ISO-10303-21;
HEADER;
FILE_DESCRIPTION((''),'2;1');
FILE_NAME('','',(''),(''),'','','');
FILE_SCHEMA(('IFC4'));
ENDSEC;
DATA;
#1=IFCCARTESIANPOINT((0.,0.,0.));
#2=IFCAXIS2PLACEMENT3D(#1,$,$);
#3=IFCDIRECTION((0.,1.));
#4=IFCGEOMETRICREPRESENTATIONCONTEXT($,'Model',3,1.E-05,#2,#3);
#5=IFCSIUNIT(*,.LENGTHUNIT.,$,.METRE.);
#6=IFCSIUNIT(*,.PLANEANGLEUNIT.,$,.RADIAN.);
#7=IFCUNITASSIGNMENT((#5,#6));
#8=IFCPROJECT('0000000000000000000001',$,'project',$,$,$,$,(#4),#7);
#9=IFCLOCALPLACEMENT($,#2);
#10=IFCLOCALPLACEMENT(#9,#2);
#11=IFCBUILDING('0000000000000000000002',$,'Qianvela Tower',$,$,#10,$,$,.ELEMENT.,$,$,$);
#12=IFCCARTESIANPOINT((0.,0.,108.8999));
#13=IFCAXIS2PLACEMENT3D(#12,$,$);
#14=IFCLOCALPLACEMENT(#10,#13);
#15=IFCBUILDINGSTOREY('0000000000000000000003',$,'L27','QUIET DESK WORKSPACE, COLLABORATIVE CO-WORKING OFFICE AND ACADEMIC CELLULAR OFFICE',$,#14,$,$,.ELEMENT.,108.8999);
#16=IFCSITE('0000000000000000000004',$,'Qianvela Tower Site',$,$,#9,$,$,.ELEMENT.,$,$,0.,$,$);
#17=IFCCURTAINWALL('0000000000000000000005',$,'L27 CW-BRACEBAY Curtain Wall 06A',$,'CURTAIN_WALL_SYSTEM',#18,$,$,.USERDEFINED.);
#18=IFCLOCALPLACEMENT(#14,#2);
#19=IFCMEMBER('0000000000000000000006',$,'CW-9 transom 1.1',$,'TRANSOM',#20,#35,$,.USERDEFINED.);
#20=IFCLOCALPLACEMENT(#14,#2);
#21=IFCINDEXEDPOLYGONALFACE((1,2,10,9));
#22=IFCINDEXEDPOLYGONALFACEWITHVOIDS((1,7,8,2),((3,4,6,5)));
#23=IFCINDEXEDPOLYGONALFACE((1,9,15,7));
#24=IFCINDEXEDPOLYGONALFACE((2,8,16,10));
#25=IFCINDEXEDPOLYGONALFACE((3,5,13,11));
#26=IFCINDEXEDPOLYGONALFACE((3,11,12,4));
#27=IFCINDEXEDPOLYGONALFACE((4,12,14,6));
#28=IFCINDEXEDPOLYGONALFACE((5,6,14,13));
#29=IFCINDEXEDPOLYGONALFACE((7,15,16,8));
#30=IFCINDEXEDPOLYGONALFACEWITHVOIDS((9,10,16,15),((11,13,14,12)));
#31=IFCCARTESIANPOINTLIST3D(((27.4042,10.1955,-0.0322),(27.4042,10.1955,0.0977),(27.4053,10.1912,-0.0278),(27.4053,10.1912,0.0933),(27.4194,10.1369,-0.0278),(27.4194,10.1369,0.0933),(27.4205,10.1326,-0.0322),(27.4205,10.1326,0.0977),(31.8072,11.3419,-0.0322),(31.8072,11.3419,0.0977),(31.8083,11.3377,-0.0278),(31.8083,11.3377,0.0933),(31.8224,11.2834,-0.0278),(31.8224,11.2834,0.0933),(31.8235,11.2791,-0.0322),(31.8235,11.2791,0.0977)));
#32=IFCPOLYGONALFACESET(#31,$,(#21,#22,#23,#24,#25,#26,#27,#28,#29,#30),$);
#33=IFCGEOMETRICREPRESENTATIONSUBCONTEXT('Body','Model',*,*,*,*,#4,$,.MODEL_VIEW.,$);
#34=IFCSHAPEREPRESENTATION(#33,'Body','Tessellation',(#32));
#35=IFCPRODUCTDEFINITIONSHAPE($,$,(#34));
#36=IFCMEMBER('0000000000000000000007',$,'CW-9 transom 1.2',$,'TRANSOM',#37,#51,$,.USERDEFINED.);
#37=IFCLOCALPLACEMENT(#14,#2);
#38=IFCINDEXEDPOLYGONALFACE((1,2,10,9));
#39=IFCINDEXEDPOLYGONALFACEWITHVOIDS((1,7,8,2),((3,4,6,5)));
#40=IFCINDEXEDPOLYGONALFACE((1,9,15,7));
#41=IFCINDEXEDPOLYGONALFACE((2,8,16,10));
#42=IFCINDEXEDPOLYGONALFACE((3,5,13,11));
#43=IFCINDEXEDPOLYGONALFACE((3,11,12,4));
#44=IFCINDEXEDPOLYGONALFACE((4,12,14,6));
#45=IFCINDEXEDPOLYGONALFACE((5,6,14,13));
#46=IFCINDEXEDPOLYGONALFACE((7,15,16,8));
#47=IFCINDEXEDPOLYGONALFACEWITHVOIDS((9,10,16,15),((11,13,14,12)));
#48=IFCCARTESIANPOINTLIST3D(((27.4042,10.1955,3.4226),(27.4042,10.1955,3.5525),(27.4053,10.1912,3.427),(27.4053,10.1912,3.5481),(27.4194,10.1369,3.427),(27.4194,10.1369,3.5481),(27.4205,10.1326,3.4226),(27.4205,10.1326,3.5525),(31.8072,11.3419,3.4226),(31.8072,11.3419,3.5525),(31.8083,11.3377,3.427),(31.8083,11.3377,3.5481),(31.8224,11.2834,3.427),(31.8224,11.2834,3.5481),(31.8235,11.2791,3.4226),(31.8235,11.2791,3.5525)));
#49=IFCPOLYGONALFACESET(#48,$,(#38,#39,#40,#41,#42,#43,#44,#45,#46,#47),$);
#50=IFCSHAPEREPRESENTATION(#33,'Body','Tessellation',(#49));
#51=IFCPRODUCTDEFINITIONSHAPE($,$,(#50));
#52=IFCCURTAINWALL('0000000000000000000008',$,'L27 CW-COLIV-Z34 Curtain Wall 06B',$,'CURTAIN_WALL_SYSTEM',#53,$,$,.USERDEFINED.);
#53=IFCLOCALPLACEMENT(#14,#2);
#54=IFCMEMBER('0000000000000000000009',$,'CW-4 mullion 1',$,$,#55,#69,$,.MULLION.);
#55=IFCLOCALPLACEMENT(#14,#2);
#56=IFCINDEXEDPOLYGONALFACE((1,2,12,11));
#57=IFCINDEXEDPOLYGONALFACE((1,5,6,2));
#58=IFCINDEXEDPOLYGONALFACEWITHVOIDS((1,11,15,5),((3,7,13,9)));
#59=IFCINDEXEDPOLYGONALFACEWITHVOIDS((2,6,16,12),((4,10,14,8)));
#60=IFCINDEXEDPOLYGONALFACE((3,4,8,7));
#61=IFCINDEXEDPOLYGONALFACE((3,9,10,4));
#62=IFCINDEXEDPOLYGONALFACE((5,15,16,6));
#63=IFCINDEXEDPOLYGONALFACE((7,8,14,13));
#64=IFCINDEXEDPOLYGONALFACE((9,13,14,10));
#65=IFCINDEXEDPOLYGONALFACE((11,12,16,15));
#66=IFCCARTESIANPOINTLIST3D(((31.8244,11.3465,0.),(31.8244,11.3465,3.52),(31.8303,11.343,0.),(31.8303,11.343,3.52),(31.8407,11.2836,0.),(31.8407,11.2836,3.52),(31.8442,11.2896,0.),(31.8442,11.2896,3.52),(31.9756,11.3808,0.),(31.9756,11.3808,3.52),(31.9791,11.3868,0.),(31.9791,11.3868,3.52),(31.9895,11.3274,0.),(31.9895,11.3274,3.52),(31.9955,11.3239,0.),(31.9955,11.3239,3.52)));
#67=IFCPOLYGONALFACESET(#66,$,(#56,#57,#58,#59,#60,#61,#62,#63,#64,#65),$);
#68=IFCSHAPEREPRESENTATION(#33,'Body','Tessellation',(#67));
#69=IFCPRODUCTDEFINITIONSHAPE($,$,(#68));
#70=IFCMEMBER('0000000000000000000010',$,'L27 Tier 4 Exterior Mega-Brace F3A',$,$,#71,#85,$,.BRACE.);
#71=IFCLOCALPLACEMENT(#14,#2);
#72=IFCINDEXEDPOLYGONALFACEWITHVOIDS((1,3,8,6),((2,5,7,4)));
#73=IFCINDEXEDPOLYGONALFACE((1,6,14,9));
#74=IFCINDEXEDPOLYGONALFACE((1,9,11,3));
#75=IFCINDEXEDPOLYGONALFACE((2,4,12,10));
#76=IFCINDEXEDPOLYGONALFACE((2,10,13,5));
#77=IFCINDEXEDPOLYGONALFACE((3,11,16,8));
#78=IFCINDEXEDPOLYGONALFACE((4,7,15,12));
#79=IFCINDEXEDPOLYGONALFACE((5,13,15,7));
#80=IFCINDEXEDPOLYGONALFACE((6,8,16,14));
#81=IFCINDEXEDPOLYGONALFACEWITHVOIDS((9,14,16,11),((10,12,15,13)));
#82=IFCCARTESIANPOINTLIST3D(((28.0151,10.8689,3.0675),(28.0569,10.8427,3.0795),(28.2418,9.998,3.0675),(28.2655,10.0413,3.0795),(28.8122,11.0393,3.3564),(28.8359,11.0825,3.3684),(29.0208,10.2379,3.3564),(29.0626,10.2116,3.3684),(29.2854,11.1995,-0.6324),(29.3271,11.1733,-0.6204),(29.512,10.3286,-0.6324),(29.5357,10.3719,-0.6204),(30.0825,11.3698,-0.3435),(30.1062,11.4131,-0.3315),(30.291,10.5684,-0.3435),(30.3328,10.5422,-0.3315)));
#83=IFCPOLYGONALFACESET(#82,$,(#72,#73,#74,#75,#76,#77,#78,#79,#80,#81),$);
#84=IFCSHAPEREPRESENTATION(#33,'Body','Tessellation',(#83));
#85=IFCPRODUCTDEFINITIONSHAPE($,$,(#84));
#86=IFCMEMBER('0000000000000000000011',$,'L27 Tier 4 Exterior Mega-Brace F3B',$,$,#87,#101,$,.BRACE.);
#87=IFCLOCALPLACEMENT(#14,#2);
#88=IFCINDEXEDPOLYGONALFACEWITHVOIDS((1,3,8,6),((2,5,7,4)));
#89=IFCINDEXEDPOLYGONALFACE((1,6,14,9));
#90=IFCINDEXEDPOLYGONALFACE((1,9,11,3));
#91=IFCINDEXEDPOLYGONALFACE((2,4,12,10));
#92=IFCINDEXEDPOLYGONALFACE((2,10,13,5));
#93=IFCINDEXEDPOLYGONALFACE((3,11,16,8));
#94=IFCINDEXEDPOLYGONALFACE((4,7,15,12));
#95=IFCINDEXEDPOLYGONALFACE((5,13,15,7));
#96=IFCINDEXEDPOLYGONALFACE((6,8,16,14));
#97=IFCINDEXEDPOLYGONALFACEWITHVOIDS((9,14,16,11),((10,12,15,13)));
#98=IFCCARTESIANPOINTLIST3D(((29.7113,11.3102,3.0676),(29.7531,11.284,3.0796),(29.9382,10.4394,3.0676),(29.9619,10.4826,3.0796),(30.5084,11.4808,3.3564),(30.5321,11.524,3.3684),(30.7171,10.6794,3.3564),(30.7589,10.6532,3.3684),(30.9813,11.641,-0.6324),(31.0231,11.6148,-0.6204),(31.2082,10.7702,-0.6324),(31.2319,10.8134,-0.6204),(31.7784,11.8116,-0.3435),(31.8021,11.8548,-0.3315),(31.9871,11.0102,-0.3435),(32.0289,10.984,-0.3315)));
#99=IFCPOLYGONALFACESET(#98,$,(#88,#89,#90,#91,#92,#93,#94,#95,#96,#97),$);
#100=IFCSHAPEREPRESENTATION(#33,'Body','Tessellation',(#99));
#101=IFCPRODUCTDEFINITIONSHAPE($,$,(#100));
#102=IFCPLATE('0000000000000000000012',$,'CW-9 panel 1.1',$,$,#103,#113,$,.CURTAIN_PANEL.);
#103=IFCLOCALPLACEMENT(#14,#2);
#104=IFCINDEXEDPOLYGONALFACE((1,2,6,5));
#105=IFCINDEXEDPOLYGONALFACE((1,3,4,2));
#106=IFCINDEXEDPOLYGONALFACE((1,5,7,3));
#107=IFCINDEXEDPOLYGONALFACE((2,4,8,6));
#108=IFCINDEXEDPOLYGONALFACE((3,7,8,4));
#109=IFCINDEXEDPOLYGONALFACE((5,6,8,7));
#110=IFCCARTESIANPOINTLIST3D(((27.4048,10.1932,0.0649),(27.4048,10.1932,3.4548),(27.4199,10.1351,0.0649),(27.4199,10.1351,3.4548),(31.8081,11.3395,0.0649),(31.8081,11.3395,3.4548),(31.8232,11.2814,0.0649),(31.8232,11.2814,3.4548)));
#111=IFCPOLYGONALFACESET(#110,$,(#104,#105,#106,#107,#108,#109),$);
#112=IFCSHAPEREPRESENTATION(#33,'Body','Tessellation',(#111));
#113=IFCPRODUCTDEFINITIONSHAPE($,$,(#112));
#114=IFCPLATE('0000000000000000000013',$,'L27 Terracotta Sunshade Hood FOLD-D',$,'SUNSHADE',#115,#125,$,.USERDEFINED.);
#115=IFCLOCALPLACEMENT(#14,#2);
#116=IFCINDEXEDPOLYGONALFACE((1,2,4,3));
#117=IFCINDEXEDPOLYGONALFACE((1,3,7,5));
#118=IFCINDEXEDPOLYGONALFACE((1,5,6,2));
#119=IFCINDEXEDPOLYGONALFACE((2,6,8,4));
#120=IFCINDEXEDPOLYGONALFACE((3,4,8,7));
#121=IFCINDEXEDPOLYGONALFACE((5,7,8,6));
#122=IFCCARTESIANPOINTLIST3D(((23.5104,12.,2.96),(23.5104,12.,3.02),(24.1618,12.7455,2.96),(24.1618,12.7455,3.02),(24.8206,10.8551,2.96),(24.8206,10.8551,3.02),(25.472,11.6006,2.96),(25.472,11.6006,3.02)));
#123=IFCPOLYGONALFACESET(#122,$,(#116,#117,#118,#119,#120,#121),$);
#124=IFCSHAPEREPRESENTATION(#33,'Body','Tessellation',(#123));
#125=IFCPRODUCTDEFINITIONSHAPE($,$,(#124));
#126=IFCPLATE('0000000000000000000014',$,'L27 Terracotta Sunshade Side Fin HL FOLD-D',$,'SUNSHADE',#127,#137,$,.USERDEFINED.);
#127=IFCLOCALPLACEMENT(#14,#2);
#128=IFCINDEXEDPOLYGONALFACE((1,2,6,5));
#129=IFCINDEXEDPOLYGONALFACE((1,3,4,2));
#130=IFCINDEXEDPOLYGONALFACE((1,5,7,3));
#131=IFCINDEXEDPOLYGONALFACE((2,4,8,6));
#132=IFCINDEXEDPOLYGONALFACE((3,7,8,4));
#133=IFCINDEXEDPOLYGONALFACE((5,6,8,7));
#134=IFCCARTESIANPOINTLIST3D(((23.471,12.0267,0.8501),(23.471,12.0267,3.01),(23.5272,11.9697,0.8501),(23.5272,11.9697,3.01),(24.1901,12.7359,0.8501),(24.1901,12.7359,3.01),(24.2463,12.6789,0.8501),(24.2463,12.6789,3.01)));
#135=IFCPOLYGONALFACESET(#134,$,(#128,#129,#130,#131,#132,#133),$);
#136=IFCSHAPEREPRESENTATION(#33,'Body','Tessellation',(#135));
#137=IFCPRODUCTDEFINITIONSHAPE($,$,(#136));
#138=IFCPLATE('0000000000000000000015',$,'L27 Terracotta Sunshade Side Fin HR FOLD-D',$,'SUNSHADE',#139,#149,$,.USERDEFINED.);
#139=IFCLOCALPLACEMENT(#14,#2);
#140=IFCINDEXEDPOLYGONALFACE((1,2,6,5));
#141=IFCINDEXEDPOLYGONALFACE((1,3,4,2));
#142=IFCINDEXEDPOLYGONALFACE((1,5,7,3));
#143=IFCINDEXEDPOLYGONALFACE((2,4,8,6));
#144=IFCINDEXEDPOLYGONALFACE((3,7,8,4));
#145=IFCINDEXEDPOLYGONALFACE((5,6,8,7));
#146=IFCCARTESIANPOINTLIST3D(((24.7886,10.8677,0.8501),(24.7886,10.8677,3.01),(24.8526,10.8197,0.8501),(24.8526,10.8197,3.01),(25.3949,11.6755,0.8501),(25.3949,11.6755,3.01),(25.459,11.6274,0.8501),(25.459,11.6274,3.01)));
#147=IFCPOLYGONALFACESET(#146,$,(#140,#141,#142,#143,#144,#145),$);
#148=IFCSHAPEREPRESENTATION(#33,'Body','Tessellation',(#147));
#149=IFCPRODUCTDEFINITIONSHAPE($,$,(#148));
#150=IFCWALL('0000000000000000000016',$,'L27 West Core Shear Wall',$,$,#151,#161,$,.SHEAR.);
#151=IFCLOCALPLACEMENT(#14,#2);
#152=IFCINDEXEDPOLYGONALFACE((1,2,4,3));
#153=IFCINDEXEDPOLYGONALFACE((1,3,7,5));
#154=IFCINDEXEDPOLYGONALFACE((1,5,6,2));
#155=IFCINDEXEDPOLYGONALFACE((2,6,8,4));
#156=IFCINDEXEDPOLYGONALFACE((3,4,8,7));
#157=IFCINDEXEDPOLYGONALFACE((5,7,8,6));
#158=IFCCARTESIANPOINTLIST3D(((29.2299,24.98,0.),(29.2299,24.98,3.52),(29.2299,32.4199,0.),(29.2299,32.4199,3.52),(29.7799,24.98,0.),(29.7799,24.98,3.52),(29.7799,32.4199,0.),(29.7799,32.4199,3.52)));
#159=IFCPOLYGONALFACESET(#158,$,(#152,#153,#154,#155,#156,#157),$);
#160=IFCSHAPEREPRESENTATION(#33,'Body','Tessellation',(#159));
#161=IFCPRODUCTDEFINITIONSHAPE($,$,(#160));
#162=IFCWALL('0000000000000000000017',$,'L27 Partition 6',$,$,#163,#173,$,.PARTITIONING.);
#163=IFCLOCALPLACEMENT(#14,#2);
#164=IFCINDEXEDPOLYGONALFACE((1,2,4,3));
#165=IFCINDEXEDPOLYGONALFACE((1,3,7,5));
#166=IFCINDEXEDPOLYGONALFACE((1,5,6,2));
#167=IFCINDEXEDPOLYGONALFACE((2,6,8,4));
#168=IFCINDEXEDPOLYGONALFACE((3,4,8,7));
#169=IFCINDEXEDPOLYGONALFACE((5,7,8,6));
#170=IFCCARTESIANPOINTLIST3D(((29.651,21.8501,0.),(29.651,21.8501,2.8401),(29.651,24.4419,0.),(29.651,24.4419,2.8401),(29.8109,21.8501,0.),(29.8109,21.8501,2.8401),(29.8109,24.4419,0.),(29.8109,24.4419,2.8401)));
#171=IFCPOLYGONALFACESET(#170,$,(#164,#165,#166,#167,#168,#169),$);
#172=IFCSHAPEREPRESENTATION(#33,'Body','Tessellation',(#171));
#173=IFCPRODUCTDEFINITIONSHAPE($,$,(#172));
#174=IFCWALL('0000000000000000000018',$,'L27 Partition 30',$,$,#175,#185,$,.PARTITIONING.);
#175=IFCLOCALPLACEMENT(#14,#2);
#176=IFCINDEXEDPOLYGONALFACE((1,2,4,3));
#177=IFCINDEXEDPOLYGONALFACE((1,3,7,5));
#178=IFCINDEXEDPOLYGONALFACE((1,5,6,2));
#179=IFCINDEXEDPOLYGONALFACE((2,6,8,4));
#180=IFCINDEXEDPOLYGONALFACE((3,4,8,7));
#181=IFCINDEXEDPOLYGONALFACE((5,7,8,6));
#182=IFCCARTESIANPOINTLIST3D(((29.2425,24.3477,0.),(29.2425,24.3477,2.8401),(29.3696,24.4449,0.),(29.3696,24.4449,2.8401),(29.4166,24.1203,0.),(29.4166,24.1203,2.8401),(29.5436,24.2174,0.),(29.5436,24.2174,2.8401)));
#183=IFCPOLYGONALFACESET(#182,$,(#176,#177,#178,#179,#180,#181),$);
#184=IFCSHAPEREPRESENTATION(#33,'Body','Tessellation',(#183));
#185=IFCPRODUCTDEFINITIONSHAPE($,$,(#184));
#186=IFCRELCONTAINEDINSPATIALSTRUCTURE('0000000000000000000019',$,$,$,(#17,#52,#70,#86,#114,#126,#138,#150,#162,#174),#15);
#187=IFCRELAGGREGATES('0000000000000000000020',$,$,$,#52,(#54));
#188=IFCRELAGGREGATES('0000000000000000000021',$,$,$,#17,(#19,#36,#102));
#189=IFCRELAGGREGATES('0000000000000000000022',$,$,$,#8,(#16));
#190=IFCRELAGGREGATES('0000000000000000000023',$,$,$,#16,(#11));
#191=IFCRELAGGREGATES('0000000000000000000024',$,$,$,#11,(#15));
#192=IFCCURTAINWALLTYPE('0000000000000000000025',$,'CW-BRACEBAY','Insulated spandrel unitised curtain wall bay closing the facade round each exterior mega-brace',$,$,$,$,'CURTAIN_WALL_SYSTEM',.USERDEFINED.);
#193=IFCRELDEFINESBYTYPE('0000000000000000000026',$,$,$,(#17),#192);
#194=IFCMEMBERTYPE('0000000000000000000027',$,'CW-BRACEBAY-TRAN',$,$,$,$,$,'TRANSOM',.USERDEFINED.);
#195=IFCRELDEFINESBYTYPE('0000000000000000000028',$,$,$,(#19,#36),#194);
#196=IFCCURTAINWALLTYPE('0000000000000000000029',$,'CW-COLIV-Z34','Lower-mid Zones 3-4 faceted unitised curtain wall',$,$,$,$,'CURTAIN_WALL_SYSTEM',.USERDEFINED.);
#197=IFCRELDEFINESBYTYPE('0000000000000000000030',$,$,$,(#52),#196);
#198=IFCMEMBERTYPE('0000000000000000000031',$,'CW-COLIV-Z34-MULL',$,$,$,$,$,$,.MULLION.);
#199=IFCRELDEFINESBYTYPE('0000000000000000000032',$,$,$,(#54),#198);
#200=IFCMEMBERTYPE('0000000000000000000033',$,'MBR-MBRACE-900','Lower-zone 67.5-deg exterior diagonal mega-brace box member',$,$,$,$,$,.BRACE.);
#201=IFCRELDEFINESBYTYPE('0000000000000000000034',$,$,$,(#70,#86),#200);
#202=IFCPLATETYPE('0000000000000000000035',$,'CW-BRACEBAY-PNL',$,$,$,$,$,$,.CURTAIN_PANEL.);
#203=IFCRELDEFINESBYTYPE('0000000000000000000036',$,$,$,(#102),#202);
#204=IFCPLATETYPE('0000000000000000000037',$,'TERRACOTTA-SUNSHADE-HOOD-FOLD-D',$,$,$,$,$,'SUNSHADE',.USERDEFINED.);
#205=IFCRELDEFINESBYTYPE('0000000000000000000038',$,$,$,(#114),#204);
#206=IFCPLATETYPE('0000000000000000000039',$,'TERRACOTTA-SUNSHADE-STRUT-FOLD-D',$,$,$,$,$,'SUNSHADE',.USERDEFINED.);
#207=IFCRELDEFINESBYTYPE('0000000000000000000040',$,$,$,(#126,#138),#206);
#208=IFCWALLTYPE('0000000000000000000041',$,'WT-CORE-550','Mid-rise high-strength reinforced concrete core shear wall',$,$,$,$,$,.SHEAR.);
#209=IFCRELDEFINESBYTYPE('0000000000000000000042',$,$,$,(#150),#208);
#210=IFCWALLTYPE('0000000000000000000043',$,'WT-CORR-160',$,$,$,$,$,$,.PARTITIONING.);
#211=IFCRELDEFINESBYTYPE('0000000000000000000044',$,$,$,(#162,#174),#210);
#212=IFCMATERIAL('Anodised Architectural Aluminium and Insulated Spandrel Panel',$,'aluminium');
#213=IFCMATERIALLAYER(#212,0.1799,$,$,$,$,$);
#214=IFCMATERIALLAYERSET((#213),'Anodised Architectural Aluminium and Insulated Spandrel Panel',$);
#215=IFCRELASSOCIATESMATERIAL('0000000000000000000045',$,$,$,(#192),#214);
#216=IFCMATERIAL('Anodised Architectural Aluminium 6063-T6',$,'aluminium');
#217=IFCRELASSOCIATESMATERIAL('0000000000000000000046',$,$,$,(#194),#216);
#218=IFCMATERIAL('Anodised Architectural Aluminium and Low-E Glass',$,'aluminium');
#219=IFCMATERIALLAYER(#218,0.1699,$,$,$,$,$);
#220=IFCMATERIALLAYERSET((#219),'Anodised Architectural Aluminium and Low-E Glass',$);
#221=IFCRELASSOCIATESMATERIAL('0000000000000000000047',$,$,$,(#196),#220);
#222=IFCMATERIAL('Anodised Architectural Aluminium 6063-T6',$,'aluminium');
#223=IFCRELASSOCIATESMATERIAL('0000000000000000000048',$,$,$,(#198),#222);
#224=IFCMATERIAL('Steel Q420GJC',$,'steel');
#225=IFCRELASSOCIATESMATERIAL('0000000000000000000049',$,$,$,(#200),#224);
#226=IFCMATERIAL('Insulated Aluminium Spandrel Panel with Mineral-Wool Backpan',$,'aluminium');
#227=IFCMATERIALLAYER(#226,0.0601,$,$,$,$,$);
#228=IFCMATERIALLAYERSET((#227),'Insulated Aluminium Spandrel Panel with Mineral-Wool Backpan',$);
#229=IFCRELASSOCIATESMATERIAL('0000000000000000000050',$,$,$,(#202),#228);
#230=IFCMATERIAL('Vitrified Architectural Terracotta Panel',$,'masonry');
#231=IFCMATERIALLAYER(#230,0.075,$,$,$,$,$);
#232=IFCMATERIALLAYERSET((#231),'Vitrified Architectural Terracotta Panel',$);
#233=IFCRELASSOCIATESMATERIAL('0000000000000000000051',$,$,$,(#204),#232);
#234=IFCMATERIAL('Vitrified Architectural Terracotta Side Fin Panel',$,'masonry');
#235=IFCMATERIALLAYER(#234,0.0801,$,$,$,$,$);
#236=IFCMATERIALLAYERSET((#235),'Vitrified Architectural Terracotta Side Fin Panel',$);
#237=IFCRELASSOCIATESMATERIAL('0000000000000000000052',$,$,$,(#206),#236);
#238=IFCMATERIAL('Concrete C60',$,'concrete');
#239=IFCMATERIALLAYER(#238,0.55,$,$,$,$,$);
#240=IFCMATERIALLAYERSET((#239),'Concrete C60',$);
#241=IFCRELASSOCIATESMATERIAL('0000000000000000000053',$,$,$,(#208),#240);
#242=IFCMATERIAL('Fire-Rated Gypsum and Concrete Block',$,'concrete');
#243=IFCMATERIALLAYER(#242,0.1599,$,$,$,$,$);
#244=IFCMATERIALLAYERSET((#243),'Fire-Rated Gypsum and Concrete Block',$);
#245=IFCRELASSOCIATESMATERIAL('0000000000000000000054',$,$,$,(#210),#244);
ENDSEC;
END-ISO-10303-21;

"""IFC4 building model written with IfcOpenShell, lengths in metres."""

from ifc_helpers import new_model, si_unit, direction, frame, frame_2d, origin, origin_2d, place, context, subcontext, project, spatial, rectangle, hollow_rectangle, extrude, material, layer, layer_set, material_profile, profile_set, type_object, element, aggregate, save


model = new_model("IFC4")

# Units and contexts
model_context = context("Model", 3, precision=1e-05, world=origin(), true_north=direction((0.0, 1.0)))
body_context = subcontext(model_context, "Body", "Model", "MODEL_VIEW")
ifc_project = project(units=[si_unit("LENGTHUNIT", "METRE"), si_unit("PLANEANGLEUNIT", "RADIAN")], contexts=[model_context])

# Site, building, storey
site_placement = place(None, origin())
site = spatial("IfcSite", under=ifc_project, at=site_placement, Name="Qianvela Tower Site", CompositionType="ELEMENT", RefElevation=0.0)
building_placement = place(site_placement, origin())
building = spatial("IfcBuilding", under=site, at=building_placement, Name="Qianvela Tower", CompositionType="ELEMENT")
storey_placement = place(building_placement, frame((0.0, 0.0, 108.8999)))
storey = spatial("IfcBuildingStorey", under=building, at=storey_placement, Name="L27", Description="QUIET DESK WORKSPACE, COLLABORATIVE CO-WORKING OFFICE AND ACADEMIC CELLULAR OFFICE", CompositionType="ELEMENT", Elevation=108.8999)

# Curtain wall, members
ifc_material_1 = material(Name="Anodised Architectural Aluminium and Insulated Spandrel Panel", Category="aluminium")
ifc_layer_1 = layer(ifc_material_1, 0.1799)
ifc_layer_set_1 = layer_set([ifc_layer_1], Name="Anodised Architectural Aluminium and Insulated Spandrel Panel")
curtain_wall_type_1 = type_object("IfcCurtainWallType", Name="CW-BRACEBAY", Description="Insulated spandrel unitised curtain wall bay closing the facade round each exterior mega-brace", ElementType="CURTAIN_WALL_SYSTEM", PredefinedType="USERDEFINED", material=ifc_layer_set_1)
curtain_wall_1_placement = place(storey_placement, origin())
curtain_wall_1 = element("IfcCurtainWall", 1, at=curtain_wall_1_placement, inside=storey, type_object=curtain_wall_type_1, Name="L27 CW-BRACEBAY Curtain Wall 06A", ObjectType="CURTAIN_WALL_SYSTEM", PredefinedType="USERDEFINED")
ifc_material_2 = material(Name="Anodised Architectural Aluminium 6063-T6", Category="aluminium")
ifc_material_profile_1 = material_profile(ifc_material_2, hollow_rectangle(XDim=0.0649, YDim=0.1299, WallThickness=0.0044, at=origin_2d()), Name="ALU-TRAN-65x130")
ifc_profile_set_1 = profile_set([ifc_material_profile_1], Name="Anodised Architectural Aluminium 6063-T6")
member_type_1 = type_object("IfcMemberType", Name="CW-BRACEBAY-TRAN", ElementType="TRANSOM", PredefinedType="USERDEFINED", material=ifc_profile_set_1)
member_1_placement = place(storey_placement, frame((27.4124, 10.1641, 0.0327), z_axis=(0.967732, 0.251981, 0.0), x_axis=(-0.251981, 0.967732, 0.0)))
member_1 = element("IfcMember", 2, at=member_1_placement, type_object=member_type_1, Name="CW-9 transom 1.1", ObjectType="TRANSOM", PredefinedType="USERDEFINED", context=body_context, shape_type="SweptSolid", body=[
    extrude(hollow_rectangle(XDim=0.0649, YDim=0.1299, WallThickness=0.0044, at=origin_2d()), origin(), (0.0, 0.0, 1.0), 4.5498),
])
member_2_placement = place(storey_placement, frame((27.4124, 10.1641, 3.4875), z_axis=(0.967732, 0.251981, 0.0), x_axis=(-0.251981, 0.967732, 0.0)))
member_2 = element("IfcMember", 3, at=member_2_placement, type_object=member_type_1, Name="CW-9 transom 1.2", ObjectType="TRANSOM", PredefinedType="USERDEFINED", context=body_context, shape_type="SweptSolid", body=[
    extrude(hollow_rectangle(XDim=0.0649, YDim=0.1299, WallThickness=0.0044, at=origin_2d()), origin(), (0.0, 0.0, 1.0), 4.5498),
])

# Curtain wall, member
ifc_material_3 = material(Name="Anodised Architectural Aluminium and Low-E Glass", Category="aluminium")
ifc_layer_2 = layer(ifc_material_3, 0.1699)
ifc_layer_set_2 = layer_set([ifc_layer_2], Name="Anodised Architectural Aluminium and Low-E Glass")
curtain_wall_type_2 = type_object("IfcCurtainWallType", Name="CW-COLIV-Z34", Description="Lower-mid Zones 3-4 faceted unitised curtain wall", ElementType="CURTAIN_WALL_SYSTEM", PredefinedType="USERDEFINED", material=ifc_layer_set_2)
curtain_wall_2_placement = place(storey_placement, origin())
curtain_wall_2 = element("IfcCurtainWall", 4, at=curtain_wall_2_placement, inside=storey, type_object=curtain_wall_type_2, Name="L27 CW-COLIV-Z34 Curtain Wall 06B", ObjectType="CURTAIN_WALL_SYSTEM", PredefinedType="USERDEFINED")
ifc_material_4 = material(Name="Anodised Architectural Aluminium 6063-T6", Category="aluminium")
ifc_material_profile_2 = material_profile(ifc_material_4, hollow_rectangle(XDim=0.0649, YDim=0.1599, WallThickness=0.0049, at=origin_2d()), Name="ALU-MULL-65x160")
ifc_profile_set_2 = profile_set([ifc_material_profile_2], Name="Anodised Architectural Aluminium 6063-T6")
member_type_2 = type_object("IfcMemberType", Name="CW-COLIV-Z34-MULL", PredefinedType="MULLION", material=ifc_profile_set_2)
member_3_placement = place(storey_placement, frame((31.9099, 11.3352, 0.0), z_axis=(0.0, 0.0, 1.0), x_axis=(-0.251949, 0.96774, 0.0)))
member_3 = element("IfcMember", 5, at=member_3_placement, type_object=member_type_2, Name="CW-4 mullion 1", PredefinedType="MULLION", context=body_context, shape_type="SweptSolid", body=[
    extrude(hollow_rectangle(XDim=0.0649, YDim=0.1599, WallThickness=0.0049, at=origin_2d()), origin(), (0.0, 0.0, 1.0), 3.52),
])
aggregate(curtain_wall_2, [member_3])

# Members
ifc_material_5 = material(Name="Steel Q420GJC", Category="steel")
ifc_material_profile_3 = material_profile(ifc_material_5, hollow_rectangle(XDim=0.8999, YDim=0.8999, WallThickness=0.0359, at=origin_2d()), Name="MBOX-900x900x36")
ifc_profile_set_3 = profile_set([ifc_material_profile_3], Name="Steel Q420GJC")
member_type_3 = type_object("IfcMemberType", Name="MBR-MBRACE-900", Description="Lower-zone 67.5-deg exterior diagonal mega-brace box member", PredefinedType="BRACE", material=ifc_profile_set_3)
for number, where, z_axis, x_axis, name in (
    (6, (29.8091, 10.8708, -0.4819), (-0.323562, -0.084202, 0.942453), (0.251846, -0.967767, 0.0), "L27 Tier 4 Exterior Mega-Brace F3A"),
    (7, (31.5051, 11.3125, -0.4819), (-0.323505, -0.084265, 0.942467), (0.252066, -0.96771, 0.0), "L27 Tier 4 Exterior Mega-Brace F3B"),
):
    element("IfcMember", number, at=place(storey_placement, frame(where, z_axis=z_axis, x_axis=x_axis)), inside=storey, type_object=member_type_3, Name=name, PredefinedType="BRACE", context=body_context, shape_type="SweptSolid", body=[
        extrude(hollow_rectangle(XDim=0.8999, YDim=0.8999, WallThickness=0.0359, at=origin_2d()), origin(), (0.0, 0.0, 1.0), 3.9258),
    ])

# Plate
ifc_material_6 = material(Name="Insulated Aluminium Spandrel Panel with Mineral-Wool Backpan", Category="aluminium")
ifc_layer_3 = layer(ifc_material_6, 0.0601)
ifc_layer_set_3 = layer_set([ifc_layer_3], Name="Insulated Aluminium Spandrel Panel with Mineral-Wool Backpan")
plate_type_1 = type_object("IfcPlateType", Name="CW-BRACEBAY-PNL", PredefinedType="CURTAIN_PANEL", material=ifc_layer_set_3)
plate_1_placement = place(storey_placement, frame((29.614, 10.7373, 0.0649), z_axis=(0.0, 0.0, 1.0), x_axis=(0.967741, 0.251946, 0.0)))
plate_1 = element("IfcPlate", 8, at=plate_1_placement, type_object=plate_type_1, Name="CW-9 panel 1.1", PredefinedType="CURTAIN_PANEL", context=body_context, shape_type="SweptSolid", body=[
    extrude(rectangle(XDim=4.55, YDim=0.0601, at=origin_2d()), origin(), (0.0, 0.0, 1.0), 3.3899),
])
aggregate(curtain_wall_1, [member_1, member_2, plate_1])

# Plates
ifc_material_7 = material(Name="Vitrified Architectural Terracotta Panel", Category="masonry")
ifc_layer_4 = layer(ifc_material_7, 0.075)
ifc_layer_set_4 = layer_set([ifc_layer_4], Name="Vitrified Architectural Terracotta Panel")
plate_type_2 = type_object("IfcPlateType", Name="TERRACOTTA-SUNSHADE-HOOD-FOLD-D", ElementType="SUNSHADE", PredefinedType="USERDEFINED", material=ifc_layer_set_4)
plate_2_placement = place(storey_placement, frame((24.4912, 11.8003, 2.96), z_axis=(0.0, 0.0, 1.0), x_axis=(0.753033, -0.657983, 0.0)))
element("IfcPlate", 9, at=plate_2_placement, inside=storey, type_object=plate_type_2, Name="L27 Terracotta Sunshade Hood FOLD-D", ObjectType="SUNSHADE", PredefinedType="USERDEFINED", context=body_context, shape_type="SweptSolid", body=[
    extrude(rectangle(XDim=1.74, YDim=0.99, at=origin_2d()), origin(), (0.0, 0.0, 1.0), 0.0601),
])
ifc_material_8 = material(Name="Vitrified Architectural Terracotta Side Fin Panel", Category="masonry")
ifc_layer_5 = layer(ifc_material_8, 0.0801)
ifc_layer_set_5 = layer_set([ifc_layer_5], Name="Vitrified Architectural Terracotta Side Fin Panel")
plate_type_3 = type_object("IfcPlateType", Name="TERRACOTTA-SUNSHADE-STRUT-FOLD-D", ElementType="SUNSHADE", PredefinedType="USERDEFINED", material=ifc_layer_set_5)
for number, where, z_axis, x_axis, name in (
    (10, (23.8586, 12.3528, 0.8501), (0.0, 0.0, 1.0), (0.7022, -0.711979, 0.0), "L27 Terracotta Sunshade Side Fin HL FOLD-D"),
    (11, (25.1238, 11.2476, 0.8501), (0.0, 0.0, 1.0), (0.799724, -0.600367, 0.0), "L27 Terracotta Sunshade Side Fin HR FOLD-D"),
):
    element("IfcPlate", number, at=place(storey_placement, frame(where, z_axis=z_axis, x_axis=x_axis)), inside=storey, type_object=plate_type_3, Name=name, ObjectType="SUNSHADE", PredefinedType="USERDEFINED", context=body_context, shape_type="SweptSolid", body=[
        extrude(rectangle(XDim=0.0801, YDim=1.01, at=origin_2d()), origin(), (0.0, 0.0, 1.0), 2.1599),
    ])

# Shared definitions
ifc_material_9 = material(Name="Concrete C60", Category="concrete")
ifc_layer_6 = layer(ifc_material_9, 0.55)
ifc_layer_set_6 = layer_set([ifc_layer_6], Name="Concrete C60")
wall_type_1 = type_object("IfcWallType", Name="WT-CORE-550", Description="Mid-rise high-strength reinforced concrete core shear wall", PredefinedType="SHEAR", material=ifc_layer_set_6)

# Walls
wall_1_placement = place(storey_placement, frame((29.5049, 24.98, 0.0), z_axis=(0.0, 0.0, 1.0), x_axis=(0.0, 1.0, 0.0)))
element("IfcWall", 12, at=wall_1_placement, inside=storey, type_object=wall_type_1, Name="L27 West Core Shear Wall", PredefinedType="SHEAR", context=body_context, shape_type="SweptSolid", body=[
    extrude(rectangle(XDim=7.4399, YDim=0.55, at=frame_2d((3.72, 0.0))), origin(), (0.0, 0.0, 1.0), 3.52),
])
ifc_material_10 = material(Name="Fire-Rated Gypsum and Concrete Block", Category="concrete")
ifc_layer_7 = layer(ifc_material_10, 0.1599)
ifc_layer_set_7 = layer_set([ifc_layer_7], Name="Fire-Rated Gypsum and Concrete Block")
wall_type_2 = type_object("IfcWallType", Name="WT-CORR-160", PredefinedType="PARTITIONING", material=ifc_layer_set_7)
wall_2_placement = place(storey_placement, frame((29.731, 21.8501, 0.0), z_axis=(0.0, 0.0, 1.0), x_axis=(0.0, 1.0, 0.0)))
element("IfcWall", 13, at=wall_2_placement, inside=storey, type_object=wall_type_2, Name="L27 Partition 6", PredefinedType="PARTITIONING", context=body_context, shape_type="SweptSolid", body=[
    extrude(rectangle(XDim=2.5918, YDim=0.1599, at=frame_2d((1.2959, 0.0))), origin(), (0.0, 0.0, 1.0), 2.8401),
])
wall_3_placement = place(storey_placement, frame((29.48, 24.1689, 0.0), z_axis=(0.0, 0.0, 1.0), x_axis=(-0.607608, 0.794237, 0.0)))
element("IfcWall", 14, at=wall_3_placement, inside=storey, type_object=wall_type_2, Name="L27 Partition 30", PredefinedType="PARTITIONING", context=body_context, shape_type="SweptSolid", body=[
    extrude(rectangle(XDim=0.2864, YDim=0.1599, at=frame_2d((0.1431, 0.0))), origin(), (0.0, 0.0, 1.0), 2.8401),
])

save(model, "model.ifc")
